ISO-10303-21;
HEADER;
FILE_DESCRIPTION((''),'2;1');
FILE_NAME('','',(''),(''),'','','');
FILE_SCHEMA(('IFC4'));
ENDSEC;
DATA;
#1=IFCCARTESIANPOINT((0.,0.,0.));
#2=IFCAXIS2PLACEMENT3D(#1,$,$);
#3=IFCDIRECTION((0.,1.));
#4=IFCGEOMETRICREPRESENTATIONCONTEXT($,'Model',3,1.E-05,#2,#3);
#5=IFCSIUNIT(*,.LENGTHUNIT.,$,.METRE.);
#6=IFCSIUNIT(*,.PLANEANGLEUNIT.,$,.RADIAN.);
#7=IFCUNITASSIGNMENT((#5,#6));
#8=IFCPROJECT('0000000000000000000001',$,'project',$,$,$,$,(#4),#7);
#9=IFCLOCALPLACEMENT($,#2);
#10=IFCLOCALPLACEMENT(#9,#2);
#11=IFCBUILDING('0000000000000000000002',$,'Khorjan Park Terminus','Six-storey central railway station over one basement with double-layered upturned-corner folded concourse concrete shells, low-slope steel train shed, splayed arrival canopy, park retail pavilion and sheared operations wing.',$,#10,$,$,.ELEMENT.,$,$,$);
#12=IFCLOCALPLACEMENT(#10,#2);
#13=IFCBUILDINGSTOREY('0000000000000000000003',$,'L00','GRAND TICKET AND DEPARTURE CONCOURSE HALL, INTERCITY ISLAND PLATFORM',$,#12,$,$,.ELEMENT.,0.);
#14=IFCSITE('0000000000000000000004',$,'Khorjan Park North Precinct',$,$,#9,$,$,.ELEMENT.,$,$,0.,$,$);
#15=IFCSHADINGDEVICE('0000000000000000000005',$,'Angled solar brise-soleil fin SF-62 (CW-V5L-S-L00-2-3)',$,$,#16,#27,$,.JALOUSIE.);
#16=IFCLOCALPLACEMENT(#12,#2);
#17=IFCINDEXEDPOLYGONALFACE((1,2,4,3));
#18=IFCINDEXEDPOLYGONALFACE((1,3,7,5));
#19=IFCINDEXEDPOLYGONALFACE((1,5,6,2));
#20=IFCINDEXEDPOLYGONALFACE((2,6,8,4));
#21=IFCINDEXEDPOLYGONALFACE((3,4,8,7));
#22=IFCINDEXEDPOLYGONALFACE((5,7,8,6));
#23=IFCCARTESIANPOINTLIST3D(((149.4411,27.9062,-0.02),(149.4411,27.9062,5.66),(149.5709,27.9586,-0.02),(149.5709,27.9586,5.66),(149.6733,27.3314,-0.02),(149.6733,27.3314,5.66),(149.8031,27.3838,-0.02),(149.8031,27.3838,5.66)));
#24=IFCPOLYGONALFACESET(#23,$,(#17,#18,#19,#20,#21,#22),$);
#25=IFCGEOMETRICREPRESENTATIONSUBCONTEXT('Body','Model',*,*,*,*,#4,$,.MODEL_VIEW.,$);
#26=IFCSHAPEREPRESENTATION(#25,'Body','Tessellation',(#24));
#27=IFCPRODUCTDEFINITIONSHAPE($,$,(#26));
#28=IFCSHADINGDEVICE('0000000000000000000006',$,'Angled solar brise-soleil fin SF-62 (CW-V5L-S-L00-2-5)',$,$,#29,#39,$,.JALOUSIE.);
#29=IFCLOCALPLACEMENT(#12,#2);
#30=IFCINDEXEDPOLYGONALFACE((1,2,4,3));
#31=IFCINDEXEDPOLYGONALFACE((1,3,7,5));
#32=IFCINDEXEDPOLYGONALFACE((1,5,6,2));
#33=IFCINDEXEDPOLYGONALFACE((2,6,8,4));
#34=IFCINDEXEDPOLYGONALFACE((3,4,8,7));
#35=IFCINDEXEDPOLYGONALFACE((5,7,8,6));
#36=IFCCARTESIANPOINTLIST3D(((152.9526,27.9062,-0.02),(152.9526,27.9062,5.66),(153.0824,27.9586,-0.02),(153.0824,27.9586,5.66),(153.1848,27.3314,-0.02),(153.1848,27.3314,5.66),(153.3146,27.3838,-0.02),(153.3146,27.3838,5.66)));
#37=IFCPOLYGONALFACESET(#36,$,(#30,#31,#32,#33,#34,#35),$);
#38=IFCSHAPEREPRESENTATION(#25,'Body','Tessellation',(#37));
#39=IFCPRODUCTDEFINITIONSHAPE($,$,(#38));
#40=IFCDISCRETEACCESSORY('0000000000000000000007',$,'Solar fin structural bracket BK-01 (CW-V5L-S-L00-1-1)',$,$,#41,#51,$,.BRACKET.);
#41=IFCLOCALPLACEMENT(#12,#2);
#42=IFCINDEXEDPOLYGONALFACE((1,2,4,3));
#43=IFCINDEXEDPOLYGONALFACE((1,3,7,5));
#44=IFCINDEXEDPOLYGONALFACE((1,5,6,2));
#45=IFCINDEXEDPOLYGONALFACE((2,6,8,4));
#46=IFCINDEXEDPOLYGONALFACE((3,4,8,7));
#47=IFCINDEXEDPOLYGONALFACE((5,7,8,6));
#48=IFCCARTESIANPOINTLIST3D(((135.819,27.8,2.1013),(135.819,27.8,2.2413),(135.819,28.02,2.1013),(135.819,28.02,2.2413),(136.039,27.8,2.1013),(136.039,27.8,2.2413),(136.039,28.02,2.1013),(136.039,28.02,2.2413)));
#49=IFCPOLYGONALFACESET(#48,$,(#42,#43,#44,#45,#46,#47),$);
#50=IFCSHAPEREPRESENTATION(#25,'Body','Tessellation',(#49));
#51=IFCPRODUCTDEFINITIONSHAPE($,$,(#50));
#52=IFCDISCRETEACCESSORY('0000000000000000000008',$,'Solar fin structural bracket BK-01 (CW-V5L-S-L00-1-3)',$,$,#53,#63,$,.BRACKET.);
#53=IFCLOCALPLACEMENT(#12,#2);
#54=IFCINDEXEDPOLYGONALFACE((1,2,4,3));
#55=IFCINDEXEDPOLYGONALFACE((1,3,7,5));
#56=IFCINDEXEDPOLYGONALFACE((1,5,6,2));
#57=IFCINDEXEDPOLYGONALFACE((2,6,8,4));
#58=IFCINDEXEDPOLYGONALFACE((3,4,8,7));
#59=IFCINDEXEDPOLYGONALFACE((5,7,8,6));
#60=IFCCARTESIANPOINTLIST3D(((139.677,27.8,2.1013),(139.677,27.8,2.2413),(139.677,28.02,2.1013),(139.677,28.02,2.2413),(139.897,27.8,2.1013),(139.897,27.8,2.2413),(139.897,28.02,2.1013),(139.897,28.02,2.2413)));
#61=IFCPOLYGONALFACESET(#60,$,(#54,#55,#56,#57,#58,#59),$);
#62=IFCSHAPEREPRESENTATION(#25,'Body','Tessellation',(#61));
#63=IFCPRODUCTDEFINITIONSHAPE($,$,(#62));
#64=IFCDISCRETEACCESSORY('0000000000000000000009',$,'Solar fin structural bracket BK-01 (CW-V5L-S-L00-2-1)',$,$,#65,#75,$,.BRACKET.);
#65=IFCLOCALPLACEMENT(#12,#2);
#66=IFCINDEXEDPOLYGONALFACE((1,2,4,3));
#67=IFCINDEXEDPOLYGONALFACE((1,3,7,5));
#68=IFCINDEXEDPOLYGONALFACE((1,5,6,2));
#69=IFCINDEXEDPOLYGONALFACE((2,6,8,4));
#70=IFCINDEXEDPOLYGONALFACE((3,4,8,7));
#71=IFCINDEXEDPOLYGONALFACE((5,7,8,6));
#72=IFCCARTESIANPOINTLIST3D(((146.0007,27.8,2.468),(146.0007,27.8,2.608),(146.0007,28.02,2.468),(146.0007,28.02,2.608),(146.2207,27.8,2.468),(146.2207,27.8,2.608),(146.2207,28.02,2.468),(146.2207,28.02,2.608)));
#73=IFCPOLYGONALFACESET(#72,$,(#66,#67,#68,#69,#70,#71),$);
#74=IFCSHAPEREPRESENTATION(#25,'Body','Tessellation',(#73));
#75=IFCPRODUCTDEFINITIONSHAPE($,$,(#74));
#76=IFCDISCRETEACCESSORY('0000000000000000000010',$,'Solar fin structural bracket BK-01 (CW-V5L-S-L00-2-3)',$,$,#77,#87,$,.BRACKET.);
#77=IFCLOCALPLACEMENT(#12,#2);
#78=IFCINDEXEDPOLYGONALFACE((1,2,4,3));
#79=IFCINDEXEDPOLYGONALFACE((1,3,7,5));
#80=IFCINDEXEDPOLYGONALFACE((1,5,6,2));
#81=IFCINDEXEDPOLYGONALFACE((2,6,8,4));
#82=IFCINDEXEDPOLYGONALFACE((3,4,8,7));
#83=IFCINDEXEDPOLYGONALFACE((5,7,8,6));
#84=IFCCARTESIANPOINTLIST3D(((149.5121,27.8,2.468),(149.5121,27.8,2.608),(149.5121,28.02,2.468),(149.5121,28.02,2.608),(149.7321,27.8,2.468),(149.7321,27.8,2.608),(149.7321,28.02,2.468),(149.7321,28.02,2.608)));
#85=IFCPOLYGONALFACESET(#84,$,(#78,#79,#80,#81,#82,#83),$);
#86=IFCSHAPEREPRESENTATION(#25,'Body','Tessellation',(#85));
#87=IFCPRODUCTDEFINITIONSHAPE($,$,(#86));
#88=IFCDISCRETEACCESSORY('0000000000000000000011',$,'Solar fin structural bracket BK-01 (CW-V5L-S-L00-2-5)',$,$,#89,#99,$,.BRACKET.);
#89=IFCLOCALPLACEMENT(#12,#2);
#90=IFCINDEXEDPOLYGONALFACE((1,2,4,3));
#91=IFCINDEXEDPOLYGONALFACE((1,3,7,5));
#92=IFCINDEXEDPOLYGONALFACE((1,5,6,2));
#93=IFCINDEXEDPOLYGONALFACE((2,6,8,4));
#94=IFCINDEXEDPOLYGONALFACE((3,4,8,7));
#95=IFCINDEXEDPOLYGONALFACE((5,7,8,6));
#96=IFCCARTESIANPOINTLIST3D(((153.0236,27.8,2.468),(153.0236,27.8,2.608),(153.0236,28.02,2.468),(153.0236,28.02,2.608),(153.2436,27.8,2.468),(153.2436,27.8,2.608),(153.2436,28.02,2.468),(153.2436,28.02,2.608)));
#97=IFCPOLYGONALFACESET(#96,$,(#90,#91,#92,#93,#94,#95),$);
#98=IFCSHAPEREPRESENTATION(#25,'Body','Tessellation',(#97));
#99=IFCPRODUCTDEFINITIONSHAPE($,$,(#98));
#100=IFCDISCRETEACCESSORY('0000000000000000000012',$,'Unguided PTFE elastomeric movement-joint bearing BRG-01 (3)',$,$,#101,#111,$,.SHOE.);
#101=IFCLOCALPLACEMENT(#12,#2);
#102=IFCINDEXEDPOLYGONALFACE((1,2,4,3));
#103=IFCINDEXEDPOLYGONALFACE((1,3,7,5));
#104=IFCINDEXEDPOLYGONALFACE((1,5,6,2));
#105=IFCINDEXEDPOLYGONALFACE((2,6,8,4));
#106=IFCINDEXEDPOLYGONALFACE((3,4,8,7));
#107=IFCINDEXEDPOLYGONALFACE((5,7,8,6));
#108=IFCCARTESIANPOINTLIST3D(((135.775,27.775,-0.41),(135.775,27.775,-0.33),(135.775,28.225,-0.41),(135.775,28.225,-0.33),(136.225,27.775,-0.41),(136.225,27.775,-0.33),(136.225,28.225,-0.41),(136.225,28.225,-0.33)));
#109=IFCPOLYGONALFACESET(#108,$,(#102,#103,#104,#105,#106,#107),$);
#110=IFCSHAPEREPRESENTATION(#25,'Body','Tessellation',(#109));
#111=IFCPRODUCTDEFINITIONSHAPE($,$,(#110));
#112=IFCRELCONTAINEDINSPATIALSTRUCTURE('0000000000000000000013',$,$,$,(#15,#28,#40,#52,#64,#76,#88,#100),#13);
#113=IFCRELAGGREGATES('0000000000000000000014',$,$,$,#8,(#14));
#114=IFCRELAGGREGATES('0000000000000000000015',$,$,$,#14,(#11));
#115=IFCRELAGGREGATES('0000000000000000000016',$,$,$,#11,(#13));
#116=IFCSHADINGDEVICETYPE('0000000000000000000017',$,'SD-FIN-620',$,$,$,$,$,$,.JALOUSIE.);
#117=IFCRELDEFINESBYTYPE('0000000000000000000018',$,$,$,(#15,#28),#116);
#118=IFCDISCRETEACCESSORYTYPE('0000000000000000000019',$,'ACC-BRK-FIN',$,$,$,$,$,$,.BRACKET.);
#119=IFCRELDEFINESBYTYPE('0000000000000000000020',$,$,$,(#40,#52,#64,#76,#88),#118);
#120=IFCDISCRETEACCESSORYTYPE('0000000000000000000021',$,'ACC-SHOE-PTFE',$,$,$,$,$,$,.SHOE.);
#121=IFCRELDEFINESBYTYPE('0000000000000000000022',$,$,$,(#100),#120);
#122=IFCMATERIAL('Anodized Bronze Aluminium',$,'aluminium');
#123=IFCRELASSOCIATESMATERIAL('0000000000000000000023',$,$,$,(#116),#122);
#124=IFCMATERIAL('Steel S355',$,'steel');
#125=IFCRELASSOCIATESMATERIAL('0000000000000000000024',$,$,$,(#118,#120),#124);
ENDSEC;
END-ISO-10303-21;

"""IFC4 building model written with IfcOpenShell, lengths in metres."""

from ifc_helpers import new_model, si_unit, direction, frame, origin, origin_2d, place, context, subcontext, project, spatial, rectangle, extrude, material, type_object, element, save


model = new_model("IFC4")

# Units and contexts
model_context = context("Model", 3, precision=1e-05, world=origin(), true_north=direction((0.0, 1.0)))
body_context = subcontext(model_context, "Body", "Model", "MODEL_VIEW")
ifc_project = project(units=[si_unit("LENGTHUNIT", "METRE"), si_unit("PLANEANGLEUNIT", "RADIAN")], contexts=[model_context])

# Site, building, storey
site_placement = place(None, origin())
site = spatial("IfcSite", under=ifc_project, at=site_placement, Name="Khorjan Park North Precinct", CompositionType="ELEMENT", RefElevation=0.0)
building_placement = place(site_placement, origin())
building = spatial("IfcBuilding", under=site, at=building_placement, Name="Khorjan Park Terminus", Description="Six-storey central railway station over one basement with double-layered upturned-corner folded concourse concrete shells, low-slope steel train shed, splayed arrival canopy, park retail pavilion and sheared operations wing.", CompositionType="ELEMENT")
storey_placement = place(building_placement, origin())
storey = spatial("IfcBuildingStorey", under=building, at=storey_placement, Name="L00", Description="GRAND TICKET AND DEPARTURE CONCOURSE HALL, INTERCITY ISLAND PLATFORM", CompositionType="ELEMENT", Elevation=0.0)

# Shared definitions
ifc_material_1 = material(Name="Anodized Bronze Aluminium", Category="aluminium")

# Shading devices
shading_device_type = type_object("IfcShadingDeviceType", Name="SD-FIN-620", PredefinedType="JALOUSIE", material=ifc_material_1)
for number, where, z_axis, x_axis, name in (
    (1, (149.6221, 27.645, -0.02), (0.0, 0.0, 1.0), (-0.374607, 0.927184, 0.0), "Angled solar brise-soleil fin SF-62 (CW-V5L-S-L00-2-3)"),
    (2, (153.1336, 27.645, -0.02), (0.0, 0.0, 1.0), (-0.374607, 0.927184, 0.0), "Angled solar brise-soleil fin SF-62 (CW-V5L-S-L00-2-5)"),
):
    element("IfcShadingDevice", number, at=place(storey_placement, frame(where, z_axis=z_axis, x_axis=x_axis)), inside=storey, type_object=shading_device_type, Name=name, PredefinedType="JALOUSIE", context=body_context, shape_type="SweptSolid", body=[
        extrude(rectangle(XDim=0.62, YDim=0.14, at=origin_2d()), origin(), (0.0, 0.0, 1.0), 5.68),
    ])

# Discrete accessories
ifc_material_2 = material(Name="Steel S355", Category="steel")
discrete_accessory_type_1 = type_object("IfcDiscreteAccessoryType", Name="ACC-BRK-FIN", PredefinedType="BRACKET", material=ifc_material_2)
for number, where, z_axis, x_axis, name in (
    (3, (135.929, 27.91, 2.1013), (0.0, 0.0, 1.0), (1.0, 0.0, 0.0), "Solar fin structural bracket BK-01 (CW-V5L-S-L00-1-1)"),
    (4, (139.787, 27.91, 2.1013), (0.0, 0.0, 1.0), (1.0, 0.0, 0.0), "Solar fin structural bracket BK-01 (CW-V5L-S-L00-1-3)"),
    (5, (146.1107, 27.91, 2.468), (0.0, 0.0, 1.0), (1.0, 0.0, 0.0), "Solar fin structural bracket BK-01 (CW-V5L-S-L00-2-1)"),
    (6, (149.6221, 27.91, 2.468), (0.0, 0.0, 1.0), (1.0, 0.0, 0.0), "Solar fin structural bracket BK-01 (CW-V5L-S-L00-2-3)"),
    (7, (153.1336, 27.91, 2.468), (0.0, 0.0, 1.0), (1.0, 0.0, 0.0), "Solar fin structural bracket BK-01 (CW-V5L-S-L00-2-5)"),
):
    element("IfcDiscreteAccessory", number, at=place(storey_placement, frame(where, z_axis=z_axis, x_axis=x_axis)), inside=storey, type_object=discrete_accessory_type_1, Name=name, PredefinedType="BRACKET", context=body_context, shape_type="SweptSolid", body=[
        extrude(rectangle(XDim=0.22, YDim=0.22, at=origin_2d()), origin(), (0.0, 0.0, 1.0), 0.14),
    ])
discrete_accessory_type_2 = type_object("IfcDiscreteAccessoryType", Name="ACC-SHOE-PTFE", PredefinedType="SHOE", material=ifc_material_2)
discrete_accessory_placement = place(storey_placement, frame((136.0, 28.0, -0.41), z_axis=(0.0, 0.0, 1.0), x_axis=(1.0, 0.0, 0.0)))
element("IfcDiscreteAccessory", 8, at=discrete_accessory_placement, inside=storey, type_object=discrete_accessory_type_2, Name="Unguided PTFE elastomeric movement-joint bearing BRG-01 (3)", PredefinedType="SHOE", context=body_context, shape_type="SweptSolid", body=[
    extrude(rectangle(XDim=0.45, YDim=0.45, at=origin_2d()), origin(), (0.0, 0.0, 1.0), 0.08),
])

save(model, "model.ifc")
